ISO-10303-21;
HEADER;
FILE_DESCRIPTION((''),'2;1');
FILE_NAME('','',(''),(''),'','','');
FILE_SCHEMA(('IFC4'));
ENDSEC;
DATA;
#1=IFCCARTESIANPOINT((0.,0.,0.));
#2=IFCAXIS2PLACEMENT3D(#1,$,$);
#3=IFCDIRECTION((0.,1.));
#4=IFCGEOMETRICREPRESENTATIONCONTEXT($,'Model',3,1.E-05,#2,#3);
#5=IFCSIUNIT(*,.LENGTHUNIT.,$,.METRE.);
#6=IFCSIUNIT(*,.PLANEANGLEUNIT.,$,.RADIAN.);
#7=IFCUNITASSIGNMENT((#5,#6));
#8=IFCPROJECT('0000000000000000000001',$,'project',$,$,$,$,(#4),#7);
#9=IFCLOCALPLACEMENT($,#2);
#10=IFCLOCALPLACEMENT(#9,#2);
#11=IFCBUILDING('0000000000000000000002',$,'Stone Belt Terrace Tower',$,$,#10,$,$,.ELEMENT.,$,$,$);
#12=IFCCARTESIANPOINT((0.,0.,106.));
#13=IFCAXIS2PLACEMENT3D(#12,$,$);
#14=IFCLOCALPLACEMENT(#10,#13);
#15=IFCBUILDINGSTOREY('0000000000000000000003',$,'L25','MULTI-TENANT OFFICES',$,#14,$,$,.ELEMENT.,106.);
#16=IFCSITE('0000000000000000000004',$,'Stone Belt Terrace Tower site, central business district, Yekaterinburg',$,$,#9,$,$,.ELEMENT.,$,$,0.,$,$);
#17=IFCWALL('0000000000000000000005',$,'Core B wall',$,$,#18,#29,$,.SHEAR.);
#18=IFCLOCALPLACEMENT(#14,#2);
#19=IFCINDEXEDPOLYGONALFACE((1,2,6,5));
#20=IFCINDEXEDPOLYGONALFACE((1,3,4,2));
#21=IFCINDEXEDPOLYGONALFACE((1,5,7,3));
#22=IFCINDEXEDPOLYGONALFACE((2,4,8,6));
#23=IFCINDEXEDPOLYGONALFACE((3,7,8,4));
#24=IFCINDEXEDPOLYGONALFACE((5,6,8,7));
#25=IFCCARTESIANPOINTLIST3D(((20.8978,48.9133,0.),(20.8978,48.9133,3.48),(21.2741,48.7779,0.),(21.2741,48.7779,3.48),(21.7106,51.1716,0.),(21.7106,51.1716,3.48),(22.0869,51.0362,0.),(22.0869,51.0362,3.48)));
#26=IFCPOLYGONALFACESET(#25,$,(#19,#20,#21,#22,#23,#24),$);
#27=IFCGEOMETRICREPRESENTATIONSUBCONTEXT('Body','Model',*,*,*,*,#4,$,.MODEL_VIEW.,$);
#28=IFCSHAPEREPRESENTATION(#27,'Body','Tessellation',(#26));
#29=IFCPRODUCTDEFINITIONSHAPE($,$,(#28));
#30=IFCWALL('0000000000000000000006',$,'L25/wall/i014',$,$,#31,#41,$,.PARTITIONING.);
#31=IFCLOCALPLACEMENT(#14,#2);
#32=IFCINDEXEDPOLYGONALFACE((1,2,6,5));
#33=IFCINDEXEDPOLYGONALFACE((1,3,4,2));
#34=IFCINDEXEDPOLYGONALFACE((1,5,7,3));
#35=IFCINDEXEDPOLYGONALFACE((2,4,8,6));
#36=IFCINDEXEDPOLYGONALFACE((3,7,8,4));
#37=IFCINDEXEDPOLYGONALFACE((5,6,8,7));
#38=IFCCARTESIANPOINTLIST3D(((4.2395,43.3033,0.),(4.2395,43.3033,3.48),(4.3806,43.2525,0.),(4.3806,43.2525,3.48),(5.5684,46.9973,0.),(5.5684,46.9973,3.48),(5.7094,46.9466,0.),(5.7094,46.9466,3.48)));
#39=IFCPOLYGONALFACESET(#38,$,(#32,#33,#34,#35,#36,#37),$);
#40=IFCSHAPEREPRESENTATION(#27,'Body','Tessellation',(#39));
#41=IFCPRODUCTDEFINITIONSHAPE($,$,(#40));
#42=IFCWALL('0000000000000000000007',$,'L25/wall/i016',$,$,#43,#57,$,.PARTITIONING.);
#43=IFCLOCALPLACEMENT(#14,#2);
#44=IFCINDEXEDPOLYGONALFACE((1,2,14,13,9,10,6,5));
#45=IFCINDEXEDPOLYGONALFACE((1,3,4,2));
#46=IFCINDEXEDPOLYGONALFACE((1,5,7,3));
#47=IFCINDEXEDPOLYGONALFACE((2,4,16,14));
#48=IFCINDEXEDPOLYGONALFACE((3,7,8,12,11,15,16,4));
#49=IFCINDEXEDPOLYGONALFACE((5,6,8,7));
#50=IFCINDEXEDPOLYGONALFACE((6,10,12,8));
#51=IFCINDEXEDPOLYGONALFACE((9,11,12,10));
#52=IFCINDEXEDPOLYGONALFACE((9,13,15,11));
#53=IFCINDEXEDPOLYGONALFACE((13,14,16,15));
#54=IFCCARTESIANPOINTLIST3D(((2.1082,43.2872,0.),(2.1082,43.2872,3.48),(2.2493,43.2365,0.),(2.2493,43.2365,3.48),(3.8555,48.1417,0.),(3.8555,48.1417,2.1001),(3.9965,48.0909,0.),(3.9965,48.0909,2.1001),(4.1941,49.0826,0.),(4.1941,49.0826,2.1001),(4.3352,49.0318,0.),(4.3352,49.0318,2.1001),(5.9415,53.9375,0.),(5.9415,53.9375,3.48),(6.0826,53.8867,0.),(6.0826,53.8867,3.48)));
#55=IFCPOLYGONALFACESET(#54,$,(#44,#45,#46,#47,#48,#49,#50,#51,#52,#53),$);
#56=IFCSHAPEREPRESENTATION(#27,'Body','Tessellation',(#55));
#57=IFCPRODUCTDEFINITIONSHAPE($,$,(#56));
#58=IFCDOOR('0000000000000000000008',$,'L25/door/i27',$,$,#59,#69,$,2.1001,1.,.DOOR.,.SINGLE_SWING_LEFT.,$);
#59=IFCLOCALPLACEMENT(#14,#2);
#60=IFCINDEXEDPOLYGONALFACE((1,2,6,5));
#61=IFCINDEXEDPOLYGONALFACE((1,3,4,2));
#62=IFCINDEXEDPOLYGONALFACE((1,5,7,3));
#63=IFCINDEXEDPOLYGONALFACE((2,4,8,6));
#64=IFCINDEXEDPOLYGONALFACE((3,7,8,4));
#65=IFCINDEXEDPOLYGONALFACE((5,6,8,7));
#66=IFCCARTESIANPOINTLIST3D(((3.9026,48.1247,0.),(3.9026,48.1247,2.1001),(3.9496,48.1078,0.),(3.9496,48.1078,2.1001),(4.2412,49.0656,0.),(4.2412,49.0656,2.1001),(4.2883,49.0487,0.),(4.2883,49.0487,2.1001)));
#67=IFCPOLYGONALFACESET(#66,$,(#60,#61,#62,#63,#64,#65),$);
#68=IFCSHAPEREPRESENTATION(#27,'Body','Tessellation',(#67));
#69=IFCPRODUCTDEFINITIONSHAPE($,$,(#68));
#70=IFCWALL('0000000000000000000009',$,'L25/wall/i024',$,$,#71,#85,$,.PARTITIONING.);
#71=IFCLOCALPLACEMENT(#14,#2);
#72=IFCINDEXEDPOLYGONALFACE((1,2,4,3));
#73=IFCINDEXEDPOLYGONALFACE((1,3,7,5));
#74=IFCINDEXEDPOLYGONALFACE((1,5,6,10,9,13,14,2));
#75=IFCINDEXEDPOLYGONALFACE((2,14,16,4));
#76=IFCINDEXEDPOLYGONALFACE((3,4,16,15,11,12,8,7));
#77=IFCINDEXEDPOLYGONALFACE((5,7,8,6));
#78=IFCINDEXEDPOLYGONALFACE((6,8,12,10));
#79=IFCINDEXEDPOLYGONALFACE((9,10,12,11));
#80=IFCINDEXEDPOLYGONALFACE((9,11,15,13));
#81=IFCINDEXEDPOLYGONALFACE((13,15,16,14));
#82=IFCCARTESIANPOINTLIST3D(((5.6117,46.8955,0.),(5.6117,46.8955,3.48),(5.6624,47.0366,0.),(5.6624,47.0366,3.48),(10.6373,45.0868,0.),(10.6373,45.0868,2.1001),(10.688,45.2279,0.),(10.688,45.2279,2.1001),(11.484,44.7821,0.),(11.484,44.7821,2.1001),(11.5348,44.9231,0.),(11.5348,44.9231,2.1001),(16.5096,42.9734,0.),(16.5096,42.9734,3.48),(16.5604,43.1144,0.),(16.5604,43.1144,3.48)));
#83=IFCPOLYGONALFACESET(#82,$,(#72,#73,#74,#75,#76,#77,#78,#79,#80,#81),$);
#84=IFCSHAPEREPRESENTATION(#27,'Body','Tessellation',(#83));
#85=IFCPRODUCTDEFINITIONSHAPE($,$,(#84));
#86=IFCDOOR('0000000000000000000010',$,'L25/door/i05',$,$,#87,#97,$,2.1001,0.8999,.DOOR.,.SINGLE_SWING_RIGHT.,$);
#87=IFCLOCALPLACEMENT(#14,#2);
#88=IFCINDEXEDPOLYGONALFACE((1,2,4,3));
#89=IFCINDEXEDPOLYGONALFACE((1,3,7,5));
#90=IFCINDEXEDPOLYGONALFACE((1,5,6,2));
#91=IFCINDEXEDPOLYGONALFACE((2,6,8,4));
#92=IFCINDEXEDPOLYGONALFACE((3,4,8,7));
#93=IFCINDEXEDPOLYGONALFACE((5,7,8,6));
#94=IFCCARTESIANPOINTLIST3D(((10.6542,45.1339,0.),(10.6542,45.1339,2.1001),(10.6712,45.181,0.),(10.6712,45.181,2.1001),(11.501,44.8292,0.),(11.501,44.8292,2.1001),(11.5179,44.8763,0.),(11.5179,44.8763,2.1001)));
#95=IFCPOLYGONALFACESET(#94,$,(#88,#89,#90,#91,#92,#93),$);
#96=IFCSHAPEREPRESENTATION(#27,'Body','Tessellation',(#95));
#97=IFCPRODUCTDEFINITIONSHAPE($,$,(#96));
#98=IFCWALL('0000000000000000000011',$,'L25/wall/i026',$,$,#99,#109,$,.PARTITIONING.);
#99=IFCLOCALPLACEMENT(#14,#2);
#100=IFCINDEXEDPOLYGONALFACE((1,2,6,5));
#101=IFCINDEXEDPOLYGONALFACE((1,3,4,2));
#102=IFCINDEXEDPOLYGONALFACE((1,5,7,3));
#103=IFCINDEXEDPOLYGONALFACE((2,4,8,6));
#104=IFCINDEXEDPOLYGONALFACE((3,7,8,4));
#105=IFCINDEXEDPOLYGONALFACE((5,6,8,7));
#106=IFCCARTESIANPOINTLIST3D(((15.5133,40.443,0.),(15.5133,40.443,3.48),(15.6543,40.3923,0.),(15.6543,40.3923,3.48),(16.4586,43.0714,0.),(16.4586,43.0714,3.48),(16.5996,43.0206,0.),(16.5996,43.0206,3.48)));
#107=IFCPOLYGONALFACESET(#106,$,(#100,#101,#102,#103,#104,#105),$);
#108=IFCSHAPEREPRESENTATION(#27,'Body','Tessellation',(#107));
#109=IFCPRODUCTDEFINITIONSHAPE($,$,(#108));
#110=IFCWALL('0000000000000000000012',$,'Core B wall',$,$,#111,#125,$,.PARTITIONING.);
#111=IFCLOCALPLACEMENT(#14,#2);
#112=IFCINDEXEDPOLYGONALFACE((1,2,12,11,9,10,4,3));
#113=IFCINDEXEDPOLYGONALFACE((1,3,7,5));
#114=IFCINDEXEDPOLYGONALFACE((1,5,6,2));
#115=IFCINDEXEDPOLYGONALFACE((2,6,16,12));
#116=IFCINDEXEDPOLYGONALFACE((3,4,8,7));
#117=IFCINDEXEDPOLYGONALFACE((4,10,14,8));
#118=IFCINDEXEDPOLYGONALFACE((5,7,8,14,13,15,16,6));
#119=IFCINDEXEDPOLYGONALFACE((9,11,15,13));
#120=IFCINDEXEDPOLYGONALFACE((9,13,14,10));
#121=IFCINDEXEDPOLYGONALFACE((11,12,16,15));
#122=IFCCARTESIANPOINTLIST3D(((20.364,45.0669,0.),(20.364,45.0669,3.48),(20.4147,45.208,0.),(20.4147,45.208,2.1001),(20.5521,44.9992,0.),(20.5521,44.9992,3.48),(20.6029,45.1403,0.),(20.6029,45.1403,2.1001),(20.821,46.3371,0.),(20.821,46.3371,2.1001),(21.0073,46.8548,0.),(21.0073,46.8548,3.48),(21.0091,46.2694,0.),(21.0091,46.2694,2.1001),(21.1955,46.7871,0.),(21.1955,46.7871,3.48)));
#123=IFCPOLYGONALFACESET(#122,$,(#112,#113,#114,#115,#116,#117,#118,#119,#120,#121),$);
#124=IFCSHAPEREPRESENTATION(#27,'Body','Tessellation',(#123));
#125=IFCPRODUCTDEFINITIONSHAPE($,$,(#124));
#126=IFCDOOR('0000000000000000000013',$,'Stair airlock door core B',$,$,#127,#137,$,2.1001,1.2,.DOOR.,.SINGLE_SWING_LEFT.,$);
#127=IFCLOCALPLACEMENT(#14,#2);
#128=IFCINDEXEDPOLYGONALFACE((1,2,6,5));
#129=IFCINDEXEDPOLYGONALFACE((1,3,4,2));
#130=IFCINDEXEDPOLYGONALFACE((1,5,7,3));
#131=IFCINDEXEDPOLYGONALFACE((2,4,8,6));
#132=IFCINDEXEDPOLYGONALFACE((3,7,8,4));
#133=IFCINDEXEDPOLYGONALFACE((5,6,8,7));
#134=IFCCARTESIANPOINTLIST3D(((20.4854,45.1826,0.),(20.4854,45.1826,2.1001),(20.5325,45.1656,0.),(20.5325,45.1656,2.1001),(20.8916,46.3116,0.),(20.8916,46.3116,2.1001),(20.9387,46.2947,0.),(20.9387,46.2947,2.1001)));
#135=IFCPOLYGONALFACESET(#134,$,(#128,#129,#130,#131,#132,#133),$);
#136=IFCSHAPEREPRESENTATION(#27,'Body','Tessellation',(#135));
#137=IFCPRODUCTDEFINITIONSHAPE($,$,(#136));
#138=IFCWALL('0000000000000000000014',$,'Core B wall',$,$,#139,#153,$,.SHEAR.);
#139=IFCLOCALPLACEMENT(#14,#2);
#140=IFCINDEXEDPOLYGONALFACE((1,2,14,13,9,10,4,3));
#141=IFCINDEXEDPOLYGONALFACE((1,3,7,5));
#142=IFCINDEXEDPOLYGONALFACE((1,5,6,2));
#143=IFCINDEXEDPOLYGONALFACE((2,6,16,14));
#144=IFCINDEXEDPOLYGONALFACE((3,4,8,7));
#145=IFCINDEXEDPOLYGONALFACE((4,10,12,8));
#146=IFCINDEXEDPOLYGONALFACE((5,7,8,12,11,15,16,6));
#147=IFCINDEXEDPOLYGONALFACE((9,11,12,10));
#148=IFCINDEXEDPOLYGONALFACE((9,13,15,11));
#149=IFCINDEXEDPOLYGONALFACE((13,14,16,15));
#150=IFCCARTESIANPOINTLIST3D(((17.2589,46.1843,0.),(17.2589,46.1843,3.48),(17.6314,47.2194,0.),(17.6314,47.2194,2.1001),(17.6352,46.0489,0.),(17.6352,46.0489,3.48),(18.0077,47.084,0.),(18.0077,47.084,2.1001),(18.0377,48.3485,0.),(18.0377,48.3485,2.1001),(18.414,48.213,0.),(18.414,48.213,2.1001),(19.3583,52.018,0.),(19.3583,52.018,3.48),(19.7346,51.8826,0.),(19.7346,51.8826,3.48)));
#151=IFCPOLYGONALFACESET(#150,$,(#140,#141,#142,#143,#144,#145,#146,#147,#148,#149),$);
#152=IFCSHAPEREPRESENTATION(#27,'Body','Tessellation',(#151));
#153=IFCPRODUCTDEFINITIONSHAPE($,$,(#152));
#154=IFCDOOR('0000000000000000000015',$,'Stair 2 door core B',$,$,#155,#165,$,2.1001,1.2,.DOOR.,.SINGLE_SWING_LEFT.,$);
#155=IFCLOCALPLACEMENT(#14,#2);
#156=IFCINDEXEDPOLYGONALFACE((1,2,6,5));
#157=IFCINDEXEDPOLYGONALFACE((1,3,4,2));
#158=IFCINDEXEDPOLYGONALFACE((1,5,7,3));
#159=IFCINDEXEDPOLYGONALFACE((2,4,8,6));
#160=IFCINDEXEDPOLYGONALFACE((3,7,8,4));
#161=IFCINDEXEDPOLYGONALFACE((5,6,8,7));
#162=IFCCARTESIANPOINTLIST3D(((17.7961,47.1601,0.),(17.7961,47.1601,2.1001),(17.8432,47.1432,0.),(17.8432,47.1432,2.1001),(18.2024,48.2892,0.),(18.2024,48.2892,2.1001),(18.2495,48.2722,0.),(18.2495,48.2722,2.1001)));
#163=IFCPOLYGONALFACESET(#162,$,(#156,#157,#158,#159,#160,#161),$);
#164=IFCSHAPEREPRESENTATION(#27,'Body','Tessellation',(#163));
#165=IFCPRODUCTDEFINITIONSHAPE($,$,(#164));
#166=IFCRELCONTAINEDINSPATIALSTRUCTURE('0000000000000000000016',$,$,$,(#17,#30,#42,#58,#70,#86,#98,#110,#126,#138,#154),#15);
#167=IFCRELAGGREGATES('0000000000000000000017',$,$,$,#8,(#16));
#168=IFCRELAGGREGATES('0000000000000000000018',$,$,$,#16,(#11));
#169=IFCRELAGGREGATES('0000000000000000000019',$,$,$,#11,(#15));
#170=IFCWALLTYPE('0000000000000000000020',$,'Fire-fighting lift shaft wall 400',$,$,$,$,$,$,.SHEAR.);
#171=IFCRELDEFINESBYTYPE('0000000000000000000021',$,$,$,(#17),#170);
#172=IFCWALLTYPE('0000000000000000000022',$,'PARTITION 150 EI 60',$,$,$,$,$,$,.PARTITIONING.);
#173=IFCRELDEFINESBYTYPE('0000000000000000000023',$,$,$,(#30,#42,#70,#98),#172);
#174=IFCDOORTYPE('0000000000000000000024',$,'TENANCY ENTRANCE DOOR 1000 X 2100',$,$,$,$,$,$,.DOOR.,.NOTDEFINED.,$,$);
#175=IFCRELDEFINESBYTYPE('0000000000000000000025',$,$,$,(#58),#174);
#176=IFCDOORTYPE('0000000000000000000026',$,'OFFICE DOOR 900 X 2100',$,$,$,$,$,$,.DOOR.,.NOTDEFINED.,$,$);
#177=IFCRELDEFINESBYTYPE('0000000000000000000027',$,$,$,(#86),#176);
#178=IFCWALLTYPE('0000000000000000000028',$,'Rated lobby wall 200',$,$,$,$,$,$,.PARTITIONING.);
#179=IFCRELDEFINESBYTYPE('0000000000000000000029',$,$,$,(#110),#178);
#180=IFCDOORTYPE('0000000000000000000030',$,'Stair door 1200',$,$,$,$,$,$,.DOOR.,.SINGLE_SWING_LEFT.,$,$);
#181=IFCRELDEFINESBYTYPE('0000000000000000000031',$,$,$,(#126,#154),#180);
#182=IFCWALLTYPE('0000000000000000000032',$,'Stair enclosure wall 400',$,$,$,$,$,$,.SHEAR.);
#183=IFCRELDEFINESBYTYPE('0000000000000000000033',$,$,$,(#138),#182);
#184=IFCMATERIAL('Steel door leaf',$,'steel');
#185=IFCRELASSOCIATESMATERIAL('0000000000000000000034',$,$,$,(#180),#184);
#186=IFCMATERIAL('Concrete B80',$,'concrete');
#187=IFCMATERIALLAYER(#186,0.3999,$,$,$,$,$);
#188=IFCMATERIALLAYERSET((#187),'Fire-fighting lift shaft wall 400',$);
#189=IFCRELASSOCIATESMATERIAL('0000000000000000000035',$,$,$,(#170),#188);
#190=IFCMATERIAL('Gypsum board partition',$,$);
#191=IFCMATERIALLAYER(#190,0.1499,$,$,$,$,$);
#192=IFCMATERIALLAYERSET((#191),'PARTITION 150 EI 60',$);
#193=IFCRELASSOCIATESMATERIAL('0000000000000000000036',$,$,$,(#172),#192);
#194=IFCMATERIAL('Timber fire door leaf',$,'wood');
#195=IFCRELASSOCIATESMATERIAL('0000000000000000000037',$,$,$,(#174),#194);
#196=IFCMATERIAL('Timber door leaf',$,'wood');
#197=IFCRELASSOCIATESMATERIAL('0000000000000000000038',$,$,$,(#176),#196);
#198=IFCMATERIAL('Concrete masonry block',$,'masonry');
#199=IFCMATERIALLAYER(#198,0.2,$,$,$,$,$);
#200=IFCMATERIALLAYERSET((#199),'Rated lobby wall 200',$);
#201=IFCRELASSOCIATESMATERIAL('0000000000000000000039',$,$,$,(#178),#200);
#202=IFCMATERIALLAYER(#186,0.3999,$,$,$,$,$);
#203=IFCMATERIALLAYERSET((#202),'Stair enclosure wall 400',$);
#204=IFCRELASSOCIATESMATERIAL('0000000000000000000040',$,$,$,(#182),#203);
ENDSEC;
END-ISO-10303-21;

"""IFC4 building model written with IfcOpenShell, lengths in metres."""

from ifc_helpers import new_model, si_unit, direction, frame, frame_2d, origin, place, context, subcontext, project, spatial, rectangle, extrude, material, layer, layer_set, type_object, element, fill, save


model = new_model("IFC4")

# Units and contexts
model_context = context("Model", 3, precision=1e-05, world=origin(), true_north=direction((0.0, 1.0)))
body_context = subcontext(model_context, "Body", "Model", "MODEL_VIEW")
ifc_project = project(units=[si_unit("LENGTHUNIT", "METRE"), si_unit("PLANEANGLEUNIT", "RADIAN")], contexts=[model_context])

# Site, building, storey
site_placement = place(None, origin())
site = spatial("IfcSite", under=ifc_project, at=site_placement, Name="Stone Belt Terrace Tower site, central business district, Yekaterinburg", CompositionType="ELEMENT", RefElevation=0.0)
building_placement = place(site_placement, origin())
building = spatial("IfcBuilding", under=site, at=building_placement, Name="Stone Belt Terrace Tower", CompositionType="ELEMENT")
storey_placement = place(building_placement, frame((0.0, 0.0, 106.0)))
storey = spatial("IfcBuildingStorey", under=building, at=storey_placement, Name="L25", Description="MULTI-TENANT OFFICES", CompositionType="ELEMENT", Elevation=106.0)

# Shared definitions
ifc_material_1 = material(Name="Concrete B80", Category="concrete")

# Shared definitions
ifc_material_2 = material(Name="Timber door leaf", Category="wood")
ifc_material_3 = material(Name="Steel door leaf", Category="steel")
door_type_1 = type_object("IfcDoorType", Name="Stair door 1200", OperationType="SINGLE_SWING_LEFT", PredefinedType="DOOR", material=ifc_material_3)

# Walls
ifc_layer_1 = layer(ifc_material_1, 0.3999)
ifc_layer_set_1 = layer_set([ifc_layer_1], Name="Fire-fighting lift shaft wall 400")
wall_type_1 = type_object("IfcWallType", Name="Fire-fighting lift shaft wall 400", PredefinedType="SHEAR", material=ifc_layer_set_1)
wall_1_placement = place(storey_placement, frame((21.0859, 48.8455, 0.0), z_axis=(0.0, 0.0, 1.0), x_axis=(0.338629, 0.94092, 0.0)))
element("IfcWall", 1, at=wall_1_placement, inside=storey, type_object=wall_type_1, Name="Core B wall", PredefinedType="SHEAR", context=body_context, shape_type="SweptSolid", body=[
    extrude(rectangle(XDim=2.4001, YDim=0.3999, at=frame_2d((1.2002, 0.0))), origin(), (0.0, 0.0, 1.0), 3.48),
])
ifc_material_4 = material(Name="Gypsum board partition")
ifc_layer_2 = layer(ifc_material_4, 0.1499)
ifc_layer_set_2 = layer_set([ifc_layer_2], Name="PARTITION 150 EI 60")
wall_type_2 = type_object("IfcWallType", Name="PARTITION 150 EI 60", PredefinedType="PARTITIONING", material=ifc_layer_set_2)
wall_2_placement = place(storey_placement, frame((5.6389, 46.9719, 0.0), z_axis=(0.0, 0.0, 1.0), x_axis=(-0.33849, -0.94097, 0.0)))
element("IfcWall", 2, at=wall_2_placement, inside=storey, type_object=wall_type_2, Name="L25/wall/i014", PredefinedType="PARTITIONING", context=body_context, shape_type="SweptSolid", body=[
    extrude(rectangle(XDim=3.9258, YDim=0.1499, at=frame_2d((1.9629, 0.0))), origin(), (0.0, 0.0, 1.0), 3.48),
])

# Walls, openings, doors
wall_3_placement = place(storey_placement, frame((2.1787, 43.2617, 0.0), z_axis=(0.0, 0.0, 1.0), x_axis=(0.338657, 0.94091, 0.0)))
wall_3 = element("IfcWall", 3, at=wall_3_placement, inside=storey, type_object=wall_type_2, Name="L25/wall/i016", PredefinedType="PARTITIONING", context=body_context, shape_type="SweptSolid", body=[
    extrude(rectangle(XDim=11.3191, YDim=0.1499, at=frame_2d((5.6597, 0.0))), origin(), (0.0, 0.0, 1.0), 3.48),
])
opening_1_placement = place(wall_3_placement, frame((5.1594, 0.0, 0.0)))
opening_1 = element("IfcOpeningElement", 4, at=opening_1_placement, cuts=wall_3, PredefinedType="OPENING", context=body_context, shape_type="SweptSolid", body=[
    extrude(rectangle(XDim=1.0, YDim=2.1001, at=frame_2d((0.5, 1.05))), frame((0.0, 0.085, 0.0), z_axis=(0.0, -1.0, 0.0), x_axis=(1.0, 0.0, 0.0)), (0.0, 0.0, 1.0), 0.1699),
])
ifc_material_5 = material(Name="Timber fire door leaf", Category="wood")
door_type_2 = type_object("IfcDoorType", Name="TENANCY ENTRANCE DOOR 1000 X 2100", OperationType="NOTDEFINED", PredefinedType="DOOR", material=ifc_material_5)
door_1_placement = place(opening_1_placement, origin())
door_1 = element("IfcDoor", 5, at=door_1_placement, inside=storey, type_object=door_type_2, Name="L25/door/i27", OperationType="SINGLE_SWING_LEFT", OverallHeight=2.1001, OverallWidth=1.0, PredefinedType="DOOR", context=body_context, shape_type="SweptSolid", body=[
    extrude(rectangle(XDim=1.0, YDim=2.1001, at=frame_2d((0.5, 1.05))), frame((0.0, 0.0249, 0.0), z_axis=(0.0, -1.0, 0.0), x_axis=(1.0, 0.0, 0.0)), (0.0, 0.0, 1.0), 0.05),
])
fill(opening_1, door_1)
wall_4_placement = place(storey_placement, frame((16.5349, 43.0439, 0.0), z_axis=(0.0, 0.0, 1.0), x_axis=(-0.940919, 0.338632, 0.0)))
wall_4 = element("IfcWall", 6, at=wall_4_placement, inside=storey, type_object=wall_type_2, Name="L25/wall/i024", PredefinedType="PARTITIONING", context=body_context, shape_type="SweptSolid", body=[
    extrude(rectangle(XDim=11.5823, YDim=0.1499, at=frame_2d((5.791, 0.0))), origin(), (0.0, 0.0, 1.0), 3.48),
])
opening_2_placement = place(wall_4_placement, frame((5.3411, 0.0, 0.0)))
opening_2 = element("IfcOpeningElement", 7, at=opening_2_placement, cuts=wall_4, PredefinedType="OPENING", context=body_context, shape_type="SweptSolid", body=[
    extrude(rectangle(XDim=0.8999, YDim=2.1001, at=frame_2d((0.45, 1.05))), frame((0.0, 0.085, 0.0), z_axis=(0.0, -1.0, 0.0), x_axis=(1.0, 0.0, 0.0)), (0.0, 0.0, 1.0), 0.1699),
])
door_type_3 = type_object("IfcDoorType", Name="OFFICE DOOR 900 X 2100", OperationType="NOTDEFINED", PredefinedType="DOOR", material=ifc_material_2)
door_2_placement = place(opening_2_placement, origin())
door_2 = element("IfcDoor", 8, at=door_2_placement, inside=storey, type_object=door_type_3, Name="L25/door/i05", OperationType="SINGLE_SWING_RIGHT", OverallHeight=2.1001, OverallWidth=0.8999, PredefinedType="DOOR", context=body_context, shape_type="SweptSolid", body=[
    extrude(rectangle(XDim=0.8999, YDim=2.1001, at=frame_2d((0.45, 1.05))), frame((0.0, 0.0249, 0.0), z_axis=(0.0, -1.0, 0.0), x_axis=(1.0, 0.0, 0.0)), (0.0, 0.0, 1.0), 0.05),
])
fill(opening_2, door_2)

# Wall
wall_5_placement = place(storey_placement, frame((16.5291, 43.0459, 0.0), z_axis=(0.0, 0.0, 1.0), x_axis=(-0.338429, -0.940992, 0.0)))
element("IfcWall", 9, at=wall_5_placement, inside=storey, type_object=wall_type_2, Name="L25/wall/i026", PredefinedType="PARTITIONING", context=body_context, shape_type="SweptSolid", body=[
    extrude(rectangle(XDim=2.7932, YDim=0.1499, at=frame_2d((1.3965, 0.0))), origin(), (0.0, 0.0, 1.0), 3.48),
])

# Walls, openings, doors
ifc_material_6 = material(Name="Concrete masonry block", Category="masonry")
ifc_layer_3 = layer(ifc_material_6, 0.2)
ifc_layer_set_3 = layer_set([ifc_layer_3], Name="Rated lobby wall 200")
wall_type_3 = type_object("IfcWallType", Name="Rated lobby wall 200", PredefinedType="PARTITIONING", material=ifc_layer_set_3)
wall_6_placement = place(storey_placement, frame((20.458, 45.033, 0.0), z_axis=(0.0, 0.0, 1.0), x_axis=(0.338574, 0.94094, 0.0)))
wall_6 = element("IfcWall", 10, at=wall_6_placement, inside=storey, type_object=wall_type_3, Name="Core B wall", PredefinedType="PARTITIONING", context=body_context, shape_type="SweptSolid", body=[
    extrude(rectangle(XDim=1.9001, YDim=0.2, at=frame_2d((0.9502, 0.0))), origin(), (0.0, 0.0, 1.0), 3.48),
])
opening_3_placement = place(wall_6_placement, frame((0.1499, 0.0, 0.0)))
opening_3 = element("IfcOpeningElement", 11, at=opening_3_placement, cuts=wall_6, PredefinedType="OPENING", context=body_context, shape_type="SweptSolid", body=[
    extrude(rectangle(XDim=1.2, YDim=2.1001, at=frame_2d((0.6001, 1.05))), frame((0.0, 0.1099, 0.0), z_axis=(0.0, -1.0, 0.0), x_axis=(1.0, 0.0, 0.0)), (0.0, 0.0, 1.0), 0.22),
])
door_3_placement = place(opening_3_placement, origin())
door_3 = element("IfcDoor", 12, at=door_3_placement, inside=storey, type_object=door_type_1, Name="Stair airlock door core B", OperationType="SINGLE_SWING_LEFT", OverallHeight=2.1001, OverallWidth=1.2, PredefinedType="DOOR", context=body_context, shape_type="SweptSolid", body=[
    extrude(rectangle(XDim=1.2, YDim=2.1001, at=frame_2d((0.6001, 1.05))), frame((0.0, 0.0249, 0.0), z_axis=(0.0, -1.0, 0.0), x_axis=(1.0, 0.0, 0.0)), (0.0, 0.0, 1.0), 0.05),
])
fill(opening_3, door_3)
ifc_layer_4 = layer(ifc_material_1, 0.3999)
ifc_layer_set_4 = layer_set([ifc_layer_4], Name="Stair enclosure wall 400")
wall_type_4 = type_object("IfcWallType", Name="Stair enclosure wall 400", PredefinedType="SHEAR", material=ifc_layer_set_4)
wall_7_placement = place(storey_placement, frame((17.447, 46.1165, 0.0), z_axis=(0.0, 0.0, 1.0), x_axis=(0.338608, 0.940928, 0.0)))
wall_7 = element("IfcWall", 13, at=wall_7_placement, inside=storey, type_object=wall_type_4, Name="Core B wall", PredefinedType="SHEAR", context=body_context, shape_type="SweptSolid", body=[
    extrude(rectangle(XDim=6.2, YDim=0.3999, at=frame_2d((3.1001, 0.0))), origin(), (0.0, 0.0, 1.0), 3.48),
])
opening_4_placement = place(wall_7_placement, frame((1.1001, 0.0, 0.0)))
opening_4 = element("IfcOpeningElement", 14, at=opening_4_placement, cuts=wall_7, PredefinedType="OPENING", context=body_context, shape_type="SweptSolid", body=[
    extrude(rectangle(XDim=1.2, YDim=2.1001, at=frame_2d((0.6001, 1.05))), frame((0.0, 0.21, 0.0), z_axis=(0.0, -1.0, 0.0), x_axis=(1.0, 0.0, 0.0)), (0.0, 0.0, 1.0), 0.4199),
])
door_4_placement = place(opening_4_placement, origin())
door_4 = element("IfcDoor", 15, at=door_4_placement, inside=storey, type_object=door_type_1, Name="Stair 2 door core B", OperationType="SINGLE_SWING_LEFT", OverallHeight=2.1001, OverallWidth=1.2, PredefinedType="DOOR", context=body_context, shape_type="SweptSolid", body=[
    extrude(rectangle(XDim=1.2, YDim=2.1001, at=frame_2d((0.6001, 1.05))), frame((0.0, 0.0249, 0.0), z_axis=(0.0, -1.0, 0.0), x_axis=(1.0, 0.0, 0.0)), (0.0, 0.0, 1.0), 0.05),
])
fill(opening_4, door_4)

save(model, "model.ifc")
